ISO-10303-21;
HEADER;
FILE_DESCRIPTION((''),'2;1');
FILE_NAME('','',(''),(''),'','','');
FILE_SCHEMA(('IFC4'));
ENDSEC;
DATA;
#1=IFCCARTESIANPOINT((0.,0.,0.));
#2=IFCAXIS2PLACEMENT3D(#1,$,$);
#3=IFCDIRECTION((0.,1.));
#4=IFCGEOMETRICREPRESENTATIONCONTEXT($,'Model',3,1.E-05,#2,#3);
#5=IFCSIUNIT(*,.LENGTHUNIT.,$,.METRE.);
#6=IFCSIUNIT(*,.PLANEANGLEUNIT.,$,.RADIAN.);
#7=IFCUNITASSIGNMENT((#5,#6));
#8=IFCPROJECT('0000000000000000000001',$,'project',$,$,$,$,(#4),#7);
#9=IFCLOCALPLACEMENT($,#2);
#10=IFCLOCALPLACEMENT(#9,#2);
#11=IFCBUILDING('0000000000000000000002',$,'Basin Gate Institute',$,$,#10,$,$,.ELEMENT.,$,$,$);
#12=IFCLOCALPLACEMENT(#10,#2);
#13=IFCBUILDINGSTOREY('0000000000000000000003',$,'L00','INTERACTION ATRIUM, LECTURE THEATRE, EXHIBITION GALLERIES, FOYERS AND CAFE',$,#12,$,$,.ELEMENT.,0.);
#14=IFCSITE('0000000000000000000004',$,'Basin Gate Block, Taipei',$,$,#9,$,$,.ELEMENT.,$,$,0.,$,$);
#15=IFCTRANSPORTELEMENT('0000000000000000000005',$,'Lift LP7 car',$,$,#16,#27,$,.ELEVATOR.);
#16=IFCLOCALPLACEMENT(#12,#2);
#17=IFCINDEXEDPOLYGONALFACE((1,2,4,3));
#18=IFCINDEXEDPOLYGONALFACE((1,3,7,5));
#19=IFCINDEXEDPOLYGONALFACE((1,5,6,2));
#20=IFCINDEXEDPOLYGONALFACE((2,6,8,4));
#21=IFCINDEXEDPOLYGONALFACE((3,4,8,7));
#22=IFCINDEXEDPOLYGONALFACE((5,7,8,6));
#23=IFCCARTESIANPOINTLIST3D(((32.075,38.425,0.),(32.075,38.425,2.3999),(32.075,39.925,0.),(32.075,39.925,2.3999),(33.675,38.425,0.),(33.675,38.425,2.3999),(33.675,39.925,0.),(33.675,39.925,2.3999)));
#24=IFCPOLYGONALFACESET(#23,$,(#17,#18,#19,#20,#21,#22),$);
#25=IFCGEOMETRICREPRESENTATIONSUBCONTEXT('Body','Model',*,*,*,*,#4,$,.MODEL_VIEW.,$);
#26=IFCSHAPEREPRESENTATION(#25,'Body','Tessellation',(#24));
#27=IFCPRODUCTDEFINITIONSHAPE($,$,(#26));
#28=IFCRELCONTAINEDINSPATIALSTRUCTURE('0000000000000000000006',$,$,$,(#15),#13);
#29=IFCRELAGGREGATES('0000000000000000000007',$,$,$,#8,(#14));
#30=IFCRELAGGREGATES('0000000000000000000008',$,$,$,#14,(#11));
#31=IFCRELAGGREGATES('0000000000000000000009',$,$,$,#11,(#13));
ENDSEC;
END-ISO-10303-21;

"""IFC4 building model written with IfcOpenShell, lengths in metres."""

from ifc_helpers import new_model, si_unit, direction, frame, origin, origin_2d, place, context, subcontext, project, spatial, rectangle, extrude, element, save


model = new_model("IFC4")

# Units and contexts
model_context = context("Model", 3, precision=1e-05, world=origin(), true_north=direction((0.0, 1.0)))
body_context = subcontext(model_context, "Body", "Model", "MODEL_VIEW")
ifc_project = project(units=[si_unit("LENGTHUNIT", "METRE"), si_unit("PLANEANGLEUNIT", "RADIAN")], contexts=[model_context])

# Site, building, storey
site_placement = place(None, origin())
site = spatial("IfcSite", under=ifc_project, at=site_placement, Name="Basin Gate Block, Taipei", CompositionType="ELEMENT", RefElevation=0.0)
building_placement = place(site_placement, origin())
building = spatial("IfcBuilding", under=site, at=building_placement, Name="Basin Gate Institute", CompositionType="ELEMENT")
storey_placement = place(building_placement, origin())
storey = spatial("IfcBuildingStorey", under=building, at=storey_placement, Name="L00", Description="INTERACTION ATRIUM, LECTURE THEATRE, EXHIBITION GALLERIES, FOYERS AND CAFE", CompositionType="ELEMENT", Elevation=0.0)

# Transport element
transport_element_placement = place(storey_placement, frame((32.875, 39.175, 0.0), z_axis=(0.0, 0.0, 1.0), x_axis=(1.0, 0.0, 0.0)))
element("IfcTransportElement", 1, at=transport_element_placement, inside=storey, Name="Lift LP7 car", PredefinedType="ELEVATOR", context=body_context, shape_type="SweptSolid", body=[
    extrude(rectangle(XDim=1.6001, YDim=1.5, at=origin_2d()), origin(), (0.0, 0.0, 1.0), 2.3999),
])

save(model, "model.ifc")
